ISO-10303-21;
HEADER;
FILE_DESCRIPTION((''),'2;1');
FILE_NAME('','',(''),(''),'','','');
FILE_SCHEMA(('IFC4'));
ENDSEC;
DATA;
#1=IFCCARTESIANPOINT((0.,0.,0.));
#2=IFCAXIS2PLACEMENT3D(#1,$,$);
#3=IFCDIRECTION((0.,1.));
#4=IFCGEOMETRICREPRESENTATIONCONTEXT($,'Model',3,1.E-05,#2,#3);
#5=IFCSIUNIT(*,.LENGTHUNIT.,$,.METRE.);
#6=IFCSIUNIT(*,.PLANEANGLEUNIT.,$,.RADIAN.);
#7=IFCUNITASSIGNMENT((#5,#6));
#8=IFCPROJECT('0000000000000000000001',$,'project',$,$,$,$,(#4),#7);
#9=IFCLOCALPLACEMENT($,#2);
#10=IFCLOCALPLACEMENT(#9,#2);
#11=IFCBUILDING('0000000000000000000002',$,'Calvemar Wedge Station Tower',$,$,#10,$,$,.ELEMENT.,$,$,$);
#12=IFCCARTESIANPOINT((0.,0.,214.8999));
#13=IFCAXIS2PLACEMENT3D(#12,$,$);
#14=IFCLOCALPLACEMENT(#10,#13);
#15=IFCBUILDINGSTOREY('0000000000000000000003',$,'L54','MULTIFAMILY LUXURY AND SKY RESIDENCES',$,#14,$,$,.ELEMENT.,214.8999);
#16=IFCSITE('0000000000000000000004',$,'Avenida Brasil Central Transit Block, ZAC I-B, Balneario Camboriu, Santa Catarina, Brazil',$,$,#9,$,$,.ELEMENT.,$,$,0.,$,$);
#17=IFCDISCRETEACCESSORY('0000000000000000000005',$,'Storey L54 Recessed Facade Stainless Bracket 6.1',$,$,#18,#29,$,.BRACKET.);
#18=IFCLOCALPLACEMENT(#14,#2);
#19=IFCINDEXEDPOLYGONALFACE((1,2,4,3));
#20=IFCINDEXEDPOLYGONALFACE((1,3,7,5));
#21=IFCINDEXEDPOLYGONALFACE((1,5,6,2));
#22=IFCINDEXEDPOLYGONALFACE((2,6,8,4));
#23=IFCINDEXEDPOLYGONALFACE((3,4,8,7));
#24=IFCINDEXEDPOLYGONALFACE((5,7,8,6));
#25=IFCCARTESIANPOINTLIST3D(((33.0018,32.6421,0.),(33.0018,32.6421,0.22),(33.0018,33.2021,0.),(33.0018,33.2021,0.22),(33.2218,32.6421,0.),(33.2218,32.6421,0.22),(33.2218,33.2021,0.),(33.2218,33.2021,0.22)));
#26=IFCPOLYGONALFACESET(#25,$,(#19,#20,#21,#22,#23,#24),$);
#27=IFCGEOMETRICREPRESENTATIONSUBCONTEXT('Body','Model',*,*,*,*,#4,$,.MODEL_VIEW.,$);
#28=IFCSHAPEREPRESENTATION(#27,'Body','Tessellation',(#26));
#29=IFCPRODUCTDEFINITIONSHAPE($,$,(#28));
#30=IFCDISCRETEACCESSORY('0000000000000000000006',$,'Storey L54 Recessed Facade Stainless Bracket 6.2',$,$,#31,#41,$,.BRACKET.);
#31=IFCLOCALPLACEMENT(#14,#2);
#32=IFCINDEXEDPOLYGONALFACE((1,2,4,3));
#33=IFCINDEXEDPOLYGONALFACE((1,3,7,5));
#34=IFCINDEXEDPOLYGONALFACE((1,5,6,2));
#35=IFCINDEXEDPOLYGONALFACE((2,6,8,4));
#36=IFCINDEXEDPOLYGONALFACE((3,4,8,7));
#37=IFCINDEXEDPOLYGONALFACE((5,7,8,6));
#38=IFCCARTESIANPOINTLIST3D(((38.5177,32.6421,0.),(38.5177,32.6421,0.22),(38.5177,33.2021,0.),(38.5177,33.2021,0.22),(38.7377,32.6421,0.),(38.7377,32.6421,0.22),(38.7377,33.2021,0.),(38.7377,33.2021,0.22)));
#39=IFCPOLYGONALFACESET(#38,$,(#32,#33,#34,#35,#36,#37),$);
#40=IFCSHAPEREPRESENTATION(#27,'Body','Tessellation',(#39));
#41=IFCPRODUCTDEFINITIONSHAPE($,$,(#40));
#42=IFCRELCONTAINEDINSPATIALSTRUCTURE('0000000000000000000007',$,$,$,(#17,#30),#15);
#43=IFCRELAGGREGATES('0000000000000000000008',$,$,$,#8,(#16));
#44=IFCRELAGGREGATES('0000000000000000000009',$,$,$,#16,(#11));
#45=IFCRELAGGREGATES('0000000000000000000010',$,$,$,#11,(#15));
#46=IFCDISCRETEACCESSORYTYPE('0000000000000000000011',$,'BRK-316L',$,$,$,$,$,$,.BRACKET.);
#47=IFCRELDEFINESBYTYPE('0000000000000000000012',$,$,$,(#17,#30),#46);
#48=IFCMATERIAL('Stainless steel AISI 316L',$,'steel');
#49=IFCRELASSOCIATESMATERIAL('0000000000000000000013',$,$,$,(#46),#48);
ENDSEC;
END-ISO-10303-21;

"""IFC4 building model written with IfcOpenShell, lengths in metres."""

from ifc_helpers import new_model, si_unit, direction, frame, origin, origin_2d, place, context, subcontext, project, spatial, rectangle, extrude, source, transform, mapped, material, type_object, element, save


model = new_model("IFC4")

# Units and contexts
model_context = context("Model", 3, precision=1e-05, world=origin(), true_north=direction((0.0, 1.0)))
body_context = subcontext(model_context, "Body", "Model", "MODEL_VIEW")
ifc_project = project(units=[si_unit("LENGTHUNIT", "METRE"), si_unit("PLANEANGLEUNIT", "RADIAN")], contexts=[model_context])

# Site, building, storey
site_placement = place(None, origin())
site = spatial("IfcSite", under=ifc_project, at=site_placement, Name="Avenida Brasil Central Transit Block, ZAC I-B, Balneario Camboriu, Santa Catarina, Brazil", CompositionType="ELEMENT", RefElevation=0.0)
building_placement = place(site_placement, origin())
building = spatial("IfcBuilding", under=site, at=building_placement, Name="Calvemar Wedge Station Tower", CompositionType="ELEMENT")
storey_placement = place(building_placement, frame((0.0, 0.0, 214.8999)))
storey = spatial("IfcBuildingStorey", under=building, at=storey_placement, Name="L54", Description="MULTIFAMILY LUXURY AND SKY RESIDENCES", CompositionType="ELEMENT", Elevation=214.8999)

# Discrete accessories
ifc_material_1 = material(Name="Stainless steel AISI 316L", Category="steel")
discrete_accessory_type = type_object("IfcDiscreteAccessoryType", Name="BRK-316L", PredefinedType="BRACKET", material=ifc_material_1)
shared_shape_1 = source(origin(), body_context, "Body", "SweptSolid", [
    extrude(rectangle(XDim=0.22, YDim=0.5601, at=origin_2d()), origin(), (0.0, 0.0, 1.0), 0.22),
])
for number, where, z_axis, x_axis, name in (
    (1, (33.1118, 32.9221, 0.0), (0.0, 0.0, 1.0), (1.0, 0.0, 0.0), "Storey L54 Recessed Facade Stainless Bracket 6.1"),
    (2, (38.6277, 32.9221, 0.0), (0.0, 0.0, 1.0), (1.0, 0.0, 0.0), "Storey L54 Recessed Facade Stainless Bracket 6.2"),
):
    element("IfcDiscreteAccessory", number, at=place(storey_placement, frame(where, z_axis=z_axis, x_axis=x_axis)), inside=storey, type_object=discrete_accessory_type, Name=name, PredefinedType="BRACKET", context=body_context, shape_type="MappedRepresentation", body=[
        mapped(shared_shape_1, transform((0.0, 0.0, 0.0), scale=1.0)),
    ])

save(model, "model.ifc")
